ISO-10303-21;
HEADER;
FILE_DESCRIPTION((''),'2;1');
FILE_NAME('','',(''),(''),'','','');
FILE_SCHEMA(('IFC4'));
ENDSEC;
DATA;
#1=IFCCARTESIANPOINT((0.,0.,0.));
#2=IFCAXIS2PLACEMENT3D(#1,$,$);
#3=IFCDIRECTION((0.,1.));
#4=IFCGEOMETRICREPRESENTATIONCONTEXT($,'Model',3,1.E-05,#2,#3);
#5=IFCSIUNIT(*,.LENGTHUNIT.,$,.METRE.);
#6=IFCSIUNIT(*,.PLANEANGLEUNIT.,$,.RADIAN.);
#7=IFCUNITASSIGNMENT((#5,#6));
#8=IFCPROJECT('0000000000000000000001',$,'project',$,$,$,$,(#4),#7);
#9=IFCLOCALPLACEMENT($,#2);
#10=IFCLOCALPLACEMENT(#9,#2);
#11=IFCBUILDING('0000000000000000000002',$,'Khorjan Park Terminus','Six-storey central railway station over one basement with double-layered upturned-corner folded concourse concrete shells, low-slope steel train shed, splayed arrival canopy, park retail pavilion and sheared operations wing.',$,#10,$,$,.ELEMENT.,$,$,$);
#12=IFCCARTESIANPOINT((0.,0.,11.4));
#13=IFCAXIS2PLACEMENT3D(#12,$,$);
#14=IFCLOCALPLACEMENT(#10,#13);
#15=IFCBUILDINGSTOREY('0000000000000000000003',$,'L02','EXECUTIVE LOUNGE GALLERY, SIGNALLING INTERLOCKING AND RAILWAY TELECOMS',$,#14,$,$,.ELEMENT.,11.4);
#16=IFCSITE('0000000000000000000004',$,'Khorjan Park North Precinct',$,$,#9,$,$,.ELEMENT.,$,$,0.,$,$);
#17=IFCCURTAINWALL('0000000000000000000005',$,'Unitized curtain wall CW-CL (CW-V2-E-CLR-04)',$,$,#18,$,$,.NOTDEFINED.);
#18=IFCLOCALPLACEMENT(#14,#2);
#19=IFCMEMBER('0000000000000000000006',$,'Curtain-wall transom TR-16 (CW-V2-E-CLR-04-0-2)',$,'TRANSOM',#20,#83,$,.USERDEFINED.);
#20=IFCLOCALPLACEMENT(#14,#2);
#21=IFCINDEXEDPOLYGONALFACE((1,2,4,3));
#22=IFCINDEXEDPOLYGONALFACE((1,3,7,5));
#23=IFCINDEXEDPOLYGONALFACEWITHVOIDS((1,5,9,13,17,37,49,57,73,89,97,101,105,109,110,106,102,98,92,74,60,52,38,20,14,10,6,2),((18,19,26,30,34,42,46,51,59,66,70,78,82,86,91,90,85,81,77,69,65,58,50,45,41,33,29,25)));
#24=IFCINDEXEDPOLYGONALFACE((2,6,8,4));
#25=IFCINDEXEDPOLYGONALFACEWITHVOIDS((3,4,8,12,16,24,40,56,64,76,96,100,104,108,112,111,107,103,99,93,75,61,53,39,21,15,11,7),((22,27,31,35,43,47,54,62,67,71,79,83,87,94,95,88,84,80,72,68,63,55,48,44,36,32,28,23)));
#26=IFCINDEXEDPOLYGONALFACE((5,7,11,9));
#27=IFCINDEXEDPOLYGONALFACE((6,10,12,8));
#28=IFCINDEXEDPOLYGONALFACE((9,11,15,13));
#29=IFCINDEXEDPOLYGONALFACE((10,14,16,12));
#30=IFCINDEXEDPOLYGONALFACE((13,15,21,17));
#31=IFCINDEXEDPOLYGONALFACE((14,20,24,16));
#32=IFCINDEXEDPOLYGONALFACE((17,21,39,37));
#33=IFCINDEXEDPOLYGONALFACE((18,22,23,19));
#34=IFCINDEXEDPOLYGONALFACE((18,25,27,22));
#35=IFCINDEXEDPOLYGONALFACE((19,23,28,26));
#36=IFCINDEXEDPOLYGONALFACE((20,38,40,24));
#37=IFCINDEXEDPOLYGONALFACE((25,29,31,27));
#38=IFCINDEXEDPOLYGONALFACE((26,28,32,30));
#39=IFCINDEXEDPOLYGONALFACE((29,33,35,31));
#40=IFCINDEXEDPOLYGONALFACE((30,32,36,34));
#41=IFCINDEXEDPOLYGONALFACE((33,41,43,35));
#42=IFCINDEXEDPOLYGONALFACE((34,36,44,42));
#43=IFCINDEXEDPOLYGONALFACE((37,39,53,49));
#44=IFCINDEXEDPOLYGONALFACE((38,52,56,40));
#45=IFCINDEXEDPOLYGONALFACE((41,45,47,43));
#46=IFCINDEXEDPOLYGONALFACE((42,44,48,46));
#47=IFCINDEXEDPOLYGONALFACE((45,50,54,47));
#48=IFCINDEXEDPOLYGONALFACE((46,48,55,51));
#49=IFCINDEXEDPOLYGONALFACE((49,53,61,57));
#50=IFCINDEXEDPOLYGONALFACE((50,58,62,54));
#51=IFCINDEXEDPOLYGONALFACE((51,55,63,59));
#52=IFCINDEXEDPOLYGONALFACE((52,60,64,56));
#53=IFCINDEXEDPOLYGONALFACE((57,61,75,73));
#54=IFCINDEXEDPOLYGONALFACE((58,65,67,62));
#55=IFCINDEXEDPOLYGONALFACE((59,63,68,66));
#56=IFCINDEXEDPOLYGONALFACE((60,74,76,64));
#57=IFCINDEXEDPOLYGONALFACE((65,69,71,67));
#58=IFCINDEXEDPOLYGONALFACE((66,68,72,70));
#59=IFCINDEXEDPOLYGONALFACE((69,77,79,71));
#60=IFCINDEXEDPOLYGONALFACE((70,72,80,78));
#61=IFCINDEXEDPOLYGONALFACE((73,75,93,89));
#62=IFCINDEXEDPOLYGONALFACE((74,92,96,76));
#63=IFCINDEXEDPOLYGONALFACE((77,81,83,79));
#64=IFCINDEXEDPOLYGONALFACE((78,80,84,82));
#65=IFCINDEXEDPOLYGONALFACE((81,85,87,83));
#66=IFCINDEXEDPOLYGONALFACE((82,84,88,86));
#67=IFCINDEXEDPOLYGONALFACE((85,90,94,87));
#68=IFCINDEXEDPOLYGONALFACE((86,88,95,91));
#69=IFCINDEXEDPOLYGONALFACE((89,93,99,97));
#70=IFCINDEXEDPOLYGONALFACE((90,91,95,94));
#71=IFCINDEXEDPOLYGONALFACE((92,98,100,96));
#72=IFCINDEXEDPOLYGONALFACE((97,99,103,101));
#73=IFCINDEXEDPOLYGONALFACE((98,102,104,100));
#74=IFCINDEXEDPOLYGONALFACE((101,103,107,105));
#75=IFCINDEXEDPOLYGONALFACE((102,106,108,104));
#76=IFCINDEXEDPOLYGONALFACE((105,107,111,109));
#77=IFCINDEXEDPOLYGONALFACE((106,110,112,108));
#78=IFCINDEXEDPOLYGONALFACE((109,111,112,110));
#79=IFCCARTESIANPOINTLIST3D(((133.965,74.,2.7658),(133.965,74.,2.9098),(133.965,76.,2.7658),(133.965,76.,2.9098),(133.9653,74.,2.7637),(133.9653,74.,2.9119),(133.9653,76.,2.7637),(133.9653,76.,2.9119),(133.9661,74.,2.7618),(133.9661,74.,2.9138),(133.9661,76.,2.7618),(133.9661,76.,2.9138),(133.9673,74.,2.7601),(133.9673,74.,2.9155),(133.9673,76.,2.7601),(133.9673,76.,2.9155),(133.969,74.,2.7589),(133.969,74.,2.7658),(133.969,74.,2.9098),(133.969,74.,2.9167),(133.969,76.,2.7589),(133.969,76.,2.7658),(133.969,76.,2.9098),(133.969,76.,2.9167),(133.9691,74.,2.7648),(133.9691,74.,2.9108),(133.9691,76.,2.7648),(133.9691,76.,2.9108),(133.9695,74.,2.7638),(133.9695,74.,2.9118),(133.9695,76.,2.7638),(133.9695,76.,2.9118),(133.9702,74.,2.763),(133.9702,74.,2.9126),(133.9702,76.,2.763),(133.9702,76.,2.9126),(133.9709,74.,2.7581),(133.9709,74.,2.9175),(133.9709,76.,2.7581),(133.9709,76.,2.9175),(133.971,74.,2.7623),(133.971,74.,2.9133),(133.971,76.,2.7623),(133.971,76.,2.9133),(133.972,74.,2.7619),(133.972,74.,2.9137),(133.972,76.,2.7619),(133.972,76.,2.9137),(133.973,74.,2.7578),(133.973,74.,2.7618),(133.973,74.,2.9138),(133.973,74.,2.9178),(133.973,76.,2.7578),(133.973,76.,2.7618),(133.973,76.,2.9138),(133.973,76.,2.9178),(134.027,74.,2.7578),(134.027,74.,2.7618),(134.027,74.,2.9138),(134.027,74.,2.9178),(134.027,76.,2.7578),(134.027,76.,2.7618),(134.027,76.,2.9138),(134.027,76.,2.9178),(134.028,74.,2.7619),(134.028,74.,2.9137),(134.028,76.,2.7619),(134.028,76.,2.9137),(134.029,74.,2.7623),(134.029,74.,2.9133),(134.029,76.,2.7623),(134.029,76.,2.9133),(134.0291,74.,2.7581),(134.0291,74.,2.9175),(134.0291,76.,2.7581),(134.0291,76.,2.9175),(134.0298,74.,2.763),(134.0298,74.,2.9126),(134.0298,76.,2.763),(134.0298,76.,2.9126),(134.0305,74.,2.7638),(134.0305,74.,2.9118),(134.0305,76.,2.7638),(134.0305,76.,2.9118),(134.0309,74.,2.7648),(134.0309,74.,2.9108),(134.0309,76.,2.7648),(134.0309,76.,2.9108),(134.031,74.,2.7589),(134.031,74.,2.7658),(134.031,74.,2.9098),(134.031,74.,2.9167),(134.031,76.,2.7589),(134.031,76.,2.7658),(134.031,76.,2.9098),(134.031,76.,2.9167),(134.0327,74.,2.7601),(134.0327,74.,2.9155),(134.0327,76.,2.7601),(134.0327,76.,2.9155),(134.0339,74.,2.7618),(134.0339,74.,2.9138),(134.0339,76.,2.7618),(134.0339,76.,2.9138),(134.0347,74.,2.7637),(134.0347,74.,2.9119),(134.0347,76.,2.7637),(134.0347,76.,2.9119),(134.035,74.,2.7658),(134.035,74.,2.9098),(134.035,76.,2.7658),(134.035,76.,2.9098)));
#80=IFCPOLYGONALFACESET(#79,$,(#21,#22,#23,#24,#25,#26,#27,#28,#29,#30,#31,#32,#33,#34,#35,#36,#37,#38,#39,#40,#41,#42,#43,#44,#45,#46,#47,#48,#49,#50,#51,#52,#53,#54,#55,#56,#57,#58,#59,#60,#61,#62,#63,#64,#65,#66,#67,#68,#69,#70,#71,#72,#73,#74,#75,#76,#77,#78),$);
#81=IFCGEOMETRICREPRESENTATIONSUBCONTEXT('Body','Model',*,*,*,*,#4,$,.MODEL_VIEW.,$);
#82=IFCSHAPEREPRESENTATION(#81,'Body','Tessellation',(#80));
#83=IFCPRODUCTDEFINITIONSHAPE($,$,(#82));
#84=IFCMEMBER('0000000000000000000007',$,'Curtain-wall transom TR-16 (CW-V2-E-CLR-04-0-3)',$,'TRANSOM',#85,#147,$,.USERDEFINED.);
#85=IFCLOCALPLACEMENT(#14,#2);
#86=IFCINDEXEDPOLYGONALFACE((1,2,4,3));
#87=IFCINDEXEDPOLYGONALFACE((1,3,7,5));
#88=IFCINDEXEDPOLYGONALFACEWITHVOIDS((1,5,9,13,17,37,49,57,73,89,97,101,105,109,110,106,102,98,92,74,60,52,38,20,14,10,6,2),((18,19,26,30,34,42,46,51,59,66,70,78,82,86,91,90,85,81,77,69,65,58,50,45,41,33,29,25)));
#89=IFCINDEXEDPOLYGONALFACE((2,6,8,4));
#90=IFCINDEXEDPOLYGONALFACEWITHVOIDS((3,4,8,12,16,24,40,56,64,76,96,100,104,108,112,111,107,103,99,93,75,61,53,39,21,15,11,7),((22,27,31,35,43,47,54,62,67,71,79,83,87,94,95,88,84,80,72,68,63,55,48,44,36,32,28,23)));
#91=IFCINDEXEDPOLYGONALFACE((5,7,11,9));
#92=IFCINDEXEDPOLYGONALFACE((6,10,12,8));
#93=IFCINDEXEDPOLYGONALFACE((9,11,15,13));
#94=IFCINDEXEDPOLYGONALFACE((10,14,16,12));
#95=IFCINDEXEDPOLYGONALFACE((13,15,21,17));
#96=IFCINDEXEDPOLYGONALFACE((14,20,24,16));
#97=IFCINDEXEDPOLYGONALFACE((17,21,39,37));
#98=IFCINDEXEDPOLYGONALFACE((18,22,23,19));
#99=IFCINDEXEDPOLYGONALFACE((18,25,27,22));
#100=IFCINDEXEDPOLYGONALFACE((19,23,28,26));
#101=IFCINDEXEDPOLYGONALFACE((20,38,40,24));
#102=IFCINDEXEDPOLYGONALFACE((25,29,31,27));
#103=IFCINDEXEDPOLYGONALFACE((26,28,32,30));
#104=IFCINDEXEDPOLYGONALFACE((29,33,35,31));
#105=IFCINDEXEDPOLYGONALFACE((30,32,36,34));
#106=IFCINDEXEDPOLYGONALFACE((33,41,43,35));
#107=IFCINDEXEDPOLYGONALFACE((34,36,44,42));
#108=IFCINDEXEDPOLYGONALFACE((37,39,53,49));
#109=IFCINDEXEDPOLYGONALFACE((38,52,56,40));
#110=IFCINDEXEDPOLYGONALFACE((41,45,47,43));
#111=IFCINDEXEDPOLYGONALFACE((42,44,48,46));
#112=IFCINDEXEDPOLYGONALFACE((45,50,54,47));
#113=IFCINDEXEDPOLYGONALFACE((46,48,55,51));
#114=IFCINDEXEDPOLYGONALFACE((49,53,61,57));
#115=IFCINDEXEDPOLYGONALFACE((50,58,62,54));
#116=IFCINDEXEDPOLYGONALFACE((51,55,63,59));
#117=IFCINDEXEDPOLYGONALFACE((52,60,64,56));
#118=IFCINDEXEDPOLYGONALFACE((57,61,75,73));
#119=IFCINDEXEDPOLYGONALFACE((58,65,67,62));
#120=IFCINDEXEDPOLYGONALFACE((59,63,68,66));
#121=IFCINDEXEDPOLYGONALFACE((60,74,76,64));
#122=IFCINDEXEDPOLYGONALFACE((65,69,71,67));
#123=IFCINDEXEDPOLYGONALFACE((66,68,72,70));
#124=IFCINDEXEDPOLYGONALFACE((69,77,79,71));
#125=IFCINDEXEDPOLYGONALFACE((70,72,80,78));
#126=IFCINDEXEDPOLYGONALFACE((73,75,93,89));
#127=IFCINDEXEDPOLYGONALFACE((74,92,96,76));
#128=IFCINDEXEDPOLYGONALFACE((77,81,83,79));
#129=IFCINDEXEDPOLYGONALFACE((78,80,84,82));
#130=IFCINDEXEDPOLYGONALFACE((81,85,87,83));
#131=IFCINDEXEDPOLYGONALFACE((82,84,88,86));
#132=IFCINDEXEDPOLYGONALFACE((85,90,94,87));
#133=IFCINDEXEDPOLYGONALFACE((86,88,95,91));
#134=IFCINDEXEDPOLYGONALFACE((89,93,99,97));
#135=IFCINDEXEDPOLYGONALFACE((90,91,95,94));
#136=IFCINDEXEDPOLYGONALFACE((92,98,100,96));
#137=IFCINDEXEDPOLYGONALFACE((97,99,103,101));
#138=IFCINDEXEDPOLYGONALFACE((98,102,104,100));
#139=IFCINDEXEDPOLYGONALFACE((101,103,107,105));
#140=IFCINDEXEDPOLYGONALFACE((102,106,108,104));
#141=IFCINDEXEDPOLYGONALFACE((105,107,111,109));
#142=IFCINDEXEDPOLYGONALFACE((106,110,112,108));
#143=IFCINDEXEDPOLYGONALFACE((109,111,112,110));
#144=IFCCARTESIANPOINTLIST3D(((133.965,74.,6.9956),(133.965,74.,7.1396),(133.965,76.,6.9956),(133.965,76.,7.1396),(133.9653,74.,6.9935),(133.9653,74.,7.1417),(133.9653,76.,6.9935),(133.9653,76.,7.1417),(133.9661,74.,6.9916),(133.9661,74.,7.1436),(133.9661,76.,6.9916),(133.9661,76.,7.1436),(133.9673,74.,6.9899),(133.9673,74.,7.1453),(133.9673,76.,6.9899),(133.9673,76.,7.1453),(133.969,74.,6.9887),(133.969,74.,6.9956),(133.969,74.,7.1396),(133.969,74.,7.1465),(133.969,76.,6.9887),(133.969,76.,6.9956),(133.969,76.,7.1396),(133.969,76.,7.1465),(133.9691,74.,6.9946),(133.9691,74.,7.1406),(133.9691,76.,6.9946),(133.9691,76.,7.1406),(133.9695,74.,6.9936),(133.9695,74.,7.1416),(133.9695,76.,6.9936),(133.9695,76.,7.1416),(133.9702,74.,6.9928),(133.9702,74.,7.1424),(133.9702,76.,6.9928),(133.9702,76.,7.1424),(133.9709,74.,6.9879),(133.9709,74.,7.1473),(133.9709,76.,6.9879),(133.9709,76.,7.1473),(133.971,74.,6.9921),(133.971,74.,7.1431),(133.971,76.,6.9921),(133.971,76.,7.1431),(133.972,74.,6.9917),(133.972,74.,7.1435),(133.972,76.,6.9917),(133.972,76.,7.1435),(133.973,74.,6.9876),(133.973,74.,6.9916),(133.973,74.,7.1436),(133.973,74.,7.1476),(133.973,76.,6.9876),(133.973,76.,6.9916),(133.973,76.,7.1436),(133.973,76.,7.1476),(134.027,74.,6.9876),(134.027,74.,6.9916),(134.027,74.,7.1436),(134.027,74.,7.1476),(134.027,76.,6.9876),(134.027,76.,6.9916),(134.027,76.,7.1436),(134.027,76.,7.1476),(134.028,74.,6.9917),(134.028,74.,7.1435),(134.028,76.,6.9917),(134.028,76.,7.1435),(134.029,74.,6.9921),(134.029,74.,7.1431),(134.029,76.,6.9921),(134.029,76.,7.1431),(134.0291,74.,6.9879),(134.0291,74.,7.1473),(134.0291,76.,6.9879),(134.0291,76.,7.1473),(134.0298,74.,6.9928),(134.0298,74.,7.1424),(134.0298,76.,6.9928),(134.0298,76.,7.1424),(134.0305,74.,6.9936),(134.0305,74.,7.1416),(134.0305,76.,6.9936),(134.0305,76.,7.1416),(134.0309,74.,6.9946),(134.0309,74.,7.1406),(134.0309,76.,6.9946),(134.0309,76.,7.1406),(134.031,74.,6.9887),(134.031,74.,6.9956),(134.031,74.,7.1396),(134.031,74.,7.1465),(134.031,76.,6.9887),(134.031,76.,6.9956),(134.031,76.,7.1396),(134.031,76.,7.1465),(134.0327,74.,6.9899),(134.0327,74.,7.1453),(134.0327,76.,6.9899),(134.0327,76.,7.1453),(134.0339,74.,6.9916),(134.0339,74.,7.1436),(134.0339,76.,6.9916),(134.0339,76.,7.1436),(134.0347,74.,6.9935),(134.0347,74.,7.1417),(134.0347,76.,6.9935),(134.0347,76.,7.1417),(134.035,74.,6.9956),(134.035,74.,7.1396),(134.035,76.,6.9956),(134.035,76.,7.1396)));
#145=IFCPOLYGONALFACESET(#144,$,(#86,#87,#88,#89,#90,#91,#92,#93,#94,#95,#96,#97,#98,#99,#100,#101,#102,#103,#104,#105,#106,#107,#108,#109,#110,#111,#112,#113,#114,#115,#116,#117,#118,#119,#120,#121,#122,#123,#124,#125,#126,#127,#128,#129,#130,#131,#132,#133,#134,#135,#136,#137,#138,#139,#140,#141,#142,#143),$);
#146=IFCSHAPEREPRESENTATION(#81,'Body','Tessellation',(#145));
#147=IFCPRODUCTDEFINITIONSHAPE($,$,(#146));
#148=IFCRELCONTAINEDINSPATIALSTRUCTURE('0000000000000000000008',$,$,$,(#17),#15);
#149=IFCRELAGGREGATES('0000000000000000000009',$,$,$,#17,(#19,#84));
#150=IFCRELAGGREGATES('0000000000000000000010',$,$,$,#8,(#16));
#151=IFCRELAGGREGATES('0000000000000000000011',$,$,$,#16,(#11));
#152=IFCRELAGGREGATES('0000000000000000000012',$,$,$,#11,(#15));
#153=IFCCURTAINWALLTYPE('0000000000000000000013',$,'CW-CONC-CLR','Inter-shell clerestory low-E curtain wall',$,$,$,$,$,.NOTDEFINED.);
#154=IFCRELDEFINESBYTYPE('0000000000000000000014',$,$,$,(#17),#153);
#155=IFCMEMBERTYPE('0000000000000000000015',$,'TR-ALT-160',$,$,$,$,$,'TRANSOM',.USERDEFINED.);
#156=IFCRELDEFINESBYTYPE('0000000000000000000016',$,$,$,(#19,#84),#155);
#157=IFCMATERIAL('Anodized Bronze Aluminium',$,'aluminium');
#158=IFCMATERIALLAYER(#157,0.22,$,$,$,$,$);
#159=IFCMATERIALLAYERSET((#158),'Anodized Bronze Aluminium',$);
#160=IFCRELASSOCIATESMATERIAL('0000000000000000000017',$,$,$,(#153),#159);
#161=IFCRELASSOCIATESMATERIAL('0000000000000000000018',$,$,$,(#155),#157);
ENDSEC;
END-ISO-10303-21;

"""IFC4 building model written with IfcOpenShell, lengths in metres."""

from ifc_helpers import new_model, si_unit, direction, frame, origin, origin_2d, place, context, subcontext, project, spatial, hollow_rectangle, extrude, material, layer, layer_set, material_profile, profile_set, type_object, element, aggregate, save


model = new_model("IFC4")

# Units and contexts
model_context = context("Model", 3, precision=1e-05, world=origin(), true_north=direction((0.0, 1.0)))
body_context = subcontext(model_context, "Body", "Model", "MODEL_VIEW")
ifc_project = project(units=[si_unit("LENGTHUNIT", "METRE"), si_unit("PLANEANGLEUNIT", "RADIAN")], contexts=[model_context])

# Site, building, storey
site_placement = place(None, origin())
site = spatial("IfcSite", under=ifc_project, at=site_placement, Name="Khorjan Park North Precinct", CompositionType="ELEMENT", RefElevation=0.0)
building_placement = place(site_placement, origin())
building = spatial("IfcBuilding", under=site, at=building_placement, Name="Khorjan Park Terminus", Description="Six-storey central railway station over one basement with double-layered upturned-corner folded concourse concrete shells, low-slope steel train shed, splayed arrival canopy, park retail pavilion and sheared operations wing.", CompositionType="ELEMENT")
storey_placement = place(building_placement, frame((0.0, 0.0, 11.4)))
storey = spatial("IfcBuildingStorey", under=building, at=storey_placement, Name="L02", Description="EXECUTIVE LOUNGE GALLERY, SIGNALLING INTERLOCKING AND RAILWAY TELECOMS", CompositionType="ELEMENT", Elevation=11.4)

# Shared definitions
ifc_material_1 = material(Name="Anodized Bronze Aluminium", Category="aluminium")
ifc_layer_1 = layer(ifc_material_1, 0.22)
ifc_layer_set_1 = layer_set([ifc_layer_1], Name="Anodized Bronze Aluminium")
curtain_wall_type = type_object("IfcCurtainWallType", Name="CW-CONC-CLR", Description="Inter-shell clerestory low-E curtain wall", PredefinedType="NOTDEFINED", material=ifc_layer_set_1)

# Shared definitions
ifc_material_profile_1 = material_profile(ifc_material_1, hollow_rectangle(XDim=0.07, YDim=0.16, WallThickness=0.004, InnerFilletRadius=0.004, OuterFilletRadius=0.008, at=origin_2d()), Name="ALT 70x160x4")
ifc_profile_set_1 = profile_set([ifc_material_profile_1], Name="Anodized Bronze Aluminium")
member_type_1 = type_object("IfcMemberType", Name="TR-ALT-160", ElementType="TRANSOM", PredefinedType="USERDEFINED", material=ifc_profile_set_1)

# Curtain wall, members
curtain_wall_1_placement = place(storey_placement, origin())
curtain_wall_1 = element("IfcCurtainWall", 1, at=curtain_wall_1_placement, inside=storey, type_object=curtain_wall_type, Name="Unitized curtain wall CW-CL (CW-V2-E-CLR-04)", PredefinedType="NOTDEFINED")
member_1_placement = place(storey_placement, frame((134.0, 74.0, 2.8378), z_axis=(0.0, 1.0, 0.0), x_axis=(-1.0, 0.0, 0.0)))
member_1 = element("IfcMember", 2, at=member_1_placement, type_object=member_type_1, Name="Curtain-wall transom TR-16 (CW-V2-E-CLR-04-0-2)", ObjectType="TRANSOM", PredefinedType="USERDEFINED", context=body_context, shape_type="SweptSolid", body=[
    extrude(hollow_rectangle(XDim=0.07, YDim=0.16, WallThickness=0.004, InnerFilletRadius=0.004, OuterFilletRadius=0.008, at=origin_2d()), origin(), (0.0, 0.0, 1.0), 2.0),
])
member_2_placement = place(storey_placement, frame((134.0, 74.0, 7.0676), z_axis=(0.0, 1.0, 0.0), x_axis=(-1.0, 0.0, 0.0)))
member_2 = element("IfcMember", 3, at=member_2_placement, type_object=member_type_1, Name="Curtain-wall transom TR-16 (CW-V2-E-CLR-04-0-3)", ObjectType="TRANSOM", PredefinedType="USERDEFINED", context=body_context, shape_type="SweptSolid", body=[
    extrude(hollow_rectangle(XDim=0.07, YDim=0.16, WallThickness=0.004, InnerFilletRadius=0.004, OuterFilletRadius=0.008, at=origin_2d()), origin(), (0.0, 0.0, 1.0), 2.0),
])
aggregate(curtain_wall_1, [member_1, member_2])

save(model, "model.ifc")
